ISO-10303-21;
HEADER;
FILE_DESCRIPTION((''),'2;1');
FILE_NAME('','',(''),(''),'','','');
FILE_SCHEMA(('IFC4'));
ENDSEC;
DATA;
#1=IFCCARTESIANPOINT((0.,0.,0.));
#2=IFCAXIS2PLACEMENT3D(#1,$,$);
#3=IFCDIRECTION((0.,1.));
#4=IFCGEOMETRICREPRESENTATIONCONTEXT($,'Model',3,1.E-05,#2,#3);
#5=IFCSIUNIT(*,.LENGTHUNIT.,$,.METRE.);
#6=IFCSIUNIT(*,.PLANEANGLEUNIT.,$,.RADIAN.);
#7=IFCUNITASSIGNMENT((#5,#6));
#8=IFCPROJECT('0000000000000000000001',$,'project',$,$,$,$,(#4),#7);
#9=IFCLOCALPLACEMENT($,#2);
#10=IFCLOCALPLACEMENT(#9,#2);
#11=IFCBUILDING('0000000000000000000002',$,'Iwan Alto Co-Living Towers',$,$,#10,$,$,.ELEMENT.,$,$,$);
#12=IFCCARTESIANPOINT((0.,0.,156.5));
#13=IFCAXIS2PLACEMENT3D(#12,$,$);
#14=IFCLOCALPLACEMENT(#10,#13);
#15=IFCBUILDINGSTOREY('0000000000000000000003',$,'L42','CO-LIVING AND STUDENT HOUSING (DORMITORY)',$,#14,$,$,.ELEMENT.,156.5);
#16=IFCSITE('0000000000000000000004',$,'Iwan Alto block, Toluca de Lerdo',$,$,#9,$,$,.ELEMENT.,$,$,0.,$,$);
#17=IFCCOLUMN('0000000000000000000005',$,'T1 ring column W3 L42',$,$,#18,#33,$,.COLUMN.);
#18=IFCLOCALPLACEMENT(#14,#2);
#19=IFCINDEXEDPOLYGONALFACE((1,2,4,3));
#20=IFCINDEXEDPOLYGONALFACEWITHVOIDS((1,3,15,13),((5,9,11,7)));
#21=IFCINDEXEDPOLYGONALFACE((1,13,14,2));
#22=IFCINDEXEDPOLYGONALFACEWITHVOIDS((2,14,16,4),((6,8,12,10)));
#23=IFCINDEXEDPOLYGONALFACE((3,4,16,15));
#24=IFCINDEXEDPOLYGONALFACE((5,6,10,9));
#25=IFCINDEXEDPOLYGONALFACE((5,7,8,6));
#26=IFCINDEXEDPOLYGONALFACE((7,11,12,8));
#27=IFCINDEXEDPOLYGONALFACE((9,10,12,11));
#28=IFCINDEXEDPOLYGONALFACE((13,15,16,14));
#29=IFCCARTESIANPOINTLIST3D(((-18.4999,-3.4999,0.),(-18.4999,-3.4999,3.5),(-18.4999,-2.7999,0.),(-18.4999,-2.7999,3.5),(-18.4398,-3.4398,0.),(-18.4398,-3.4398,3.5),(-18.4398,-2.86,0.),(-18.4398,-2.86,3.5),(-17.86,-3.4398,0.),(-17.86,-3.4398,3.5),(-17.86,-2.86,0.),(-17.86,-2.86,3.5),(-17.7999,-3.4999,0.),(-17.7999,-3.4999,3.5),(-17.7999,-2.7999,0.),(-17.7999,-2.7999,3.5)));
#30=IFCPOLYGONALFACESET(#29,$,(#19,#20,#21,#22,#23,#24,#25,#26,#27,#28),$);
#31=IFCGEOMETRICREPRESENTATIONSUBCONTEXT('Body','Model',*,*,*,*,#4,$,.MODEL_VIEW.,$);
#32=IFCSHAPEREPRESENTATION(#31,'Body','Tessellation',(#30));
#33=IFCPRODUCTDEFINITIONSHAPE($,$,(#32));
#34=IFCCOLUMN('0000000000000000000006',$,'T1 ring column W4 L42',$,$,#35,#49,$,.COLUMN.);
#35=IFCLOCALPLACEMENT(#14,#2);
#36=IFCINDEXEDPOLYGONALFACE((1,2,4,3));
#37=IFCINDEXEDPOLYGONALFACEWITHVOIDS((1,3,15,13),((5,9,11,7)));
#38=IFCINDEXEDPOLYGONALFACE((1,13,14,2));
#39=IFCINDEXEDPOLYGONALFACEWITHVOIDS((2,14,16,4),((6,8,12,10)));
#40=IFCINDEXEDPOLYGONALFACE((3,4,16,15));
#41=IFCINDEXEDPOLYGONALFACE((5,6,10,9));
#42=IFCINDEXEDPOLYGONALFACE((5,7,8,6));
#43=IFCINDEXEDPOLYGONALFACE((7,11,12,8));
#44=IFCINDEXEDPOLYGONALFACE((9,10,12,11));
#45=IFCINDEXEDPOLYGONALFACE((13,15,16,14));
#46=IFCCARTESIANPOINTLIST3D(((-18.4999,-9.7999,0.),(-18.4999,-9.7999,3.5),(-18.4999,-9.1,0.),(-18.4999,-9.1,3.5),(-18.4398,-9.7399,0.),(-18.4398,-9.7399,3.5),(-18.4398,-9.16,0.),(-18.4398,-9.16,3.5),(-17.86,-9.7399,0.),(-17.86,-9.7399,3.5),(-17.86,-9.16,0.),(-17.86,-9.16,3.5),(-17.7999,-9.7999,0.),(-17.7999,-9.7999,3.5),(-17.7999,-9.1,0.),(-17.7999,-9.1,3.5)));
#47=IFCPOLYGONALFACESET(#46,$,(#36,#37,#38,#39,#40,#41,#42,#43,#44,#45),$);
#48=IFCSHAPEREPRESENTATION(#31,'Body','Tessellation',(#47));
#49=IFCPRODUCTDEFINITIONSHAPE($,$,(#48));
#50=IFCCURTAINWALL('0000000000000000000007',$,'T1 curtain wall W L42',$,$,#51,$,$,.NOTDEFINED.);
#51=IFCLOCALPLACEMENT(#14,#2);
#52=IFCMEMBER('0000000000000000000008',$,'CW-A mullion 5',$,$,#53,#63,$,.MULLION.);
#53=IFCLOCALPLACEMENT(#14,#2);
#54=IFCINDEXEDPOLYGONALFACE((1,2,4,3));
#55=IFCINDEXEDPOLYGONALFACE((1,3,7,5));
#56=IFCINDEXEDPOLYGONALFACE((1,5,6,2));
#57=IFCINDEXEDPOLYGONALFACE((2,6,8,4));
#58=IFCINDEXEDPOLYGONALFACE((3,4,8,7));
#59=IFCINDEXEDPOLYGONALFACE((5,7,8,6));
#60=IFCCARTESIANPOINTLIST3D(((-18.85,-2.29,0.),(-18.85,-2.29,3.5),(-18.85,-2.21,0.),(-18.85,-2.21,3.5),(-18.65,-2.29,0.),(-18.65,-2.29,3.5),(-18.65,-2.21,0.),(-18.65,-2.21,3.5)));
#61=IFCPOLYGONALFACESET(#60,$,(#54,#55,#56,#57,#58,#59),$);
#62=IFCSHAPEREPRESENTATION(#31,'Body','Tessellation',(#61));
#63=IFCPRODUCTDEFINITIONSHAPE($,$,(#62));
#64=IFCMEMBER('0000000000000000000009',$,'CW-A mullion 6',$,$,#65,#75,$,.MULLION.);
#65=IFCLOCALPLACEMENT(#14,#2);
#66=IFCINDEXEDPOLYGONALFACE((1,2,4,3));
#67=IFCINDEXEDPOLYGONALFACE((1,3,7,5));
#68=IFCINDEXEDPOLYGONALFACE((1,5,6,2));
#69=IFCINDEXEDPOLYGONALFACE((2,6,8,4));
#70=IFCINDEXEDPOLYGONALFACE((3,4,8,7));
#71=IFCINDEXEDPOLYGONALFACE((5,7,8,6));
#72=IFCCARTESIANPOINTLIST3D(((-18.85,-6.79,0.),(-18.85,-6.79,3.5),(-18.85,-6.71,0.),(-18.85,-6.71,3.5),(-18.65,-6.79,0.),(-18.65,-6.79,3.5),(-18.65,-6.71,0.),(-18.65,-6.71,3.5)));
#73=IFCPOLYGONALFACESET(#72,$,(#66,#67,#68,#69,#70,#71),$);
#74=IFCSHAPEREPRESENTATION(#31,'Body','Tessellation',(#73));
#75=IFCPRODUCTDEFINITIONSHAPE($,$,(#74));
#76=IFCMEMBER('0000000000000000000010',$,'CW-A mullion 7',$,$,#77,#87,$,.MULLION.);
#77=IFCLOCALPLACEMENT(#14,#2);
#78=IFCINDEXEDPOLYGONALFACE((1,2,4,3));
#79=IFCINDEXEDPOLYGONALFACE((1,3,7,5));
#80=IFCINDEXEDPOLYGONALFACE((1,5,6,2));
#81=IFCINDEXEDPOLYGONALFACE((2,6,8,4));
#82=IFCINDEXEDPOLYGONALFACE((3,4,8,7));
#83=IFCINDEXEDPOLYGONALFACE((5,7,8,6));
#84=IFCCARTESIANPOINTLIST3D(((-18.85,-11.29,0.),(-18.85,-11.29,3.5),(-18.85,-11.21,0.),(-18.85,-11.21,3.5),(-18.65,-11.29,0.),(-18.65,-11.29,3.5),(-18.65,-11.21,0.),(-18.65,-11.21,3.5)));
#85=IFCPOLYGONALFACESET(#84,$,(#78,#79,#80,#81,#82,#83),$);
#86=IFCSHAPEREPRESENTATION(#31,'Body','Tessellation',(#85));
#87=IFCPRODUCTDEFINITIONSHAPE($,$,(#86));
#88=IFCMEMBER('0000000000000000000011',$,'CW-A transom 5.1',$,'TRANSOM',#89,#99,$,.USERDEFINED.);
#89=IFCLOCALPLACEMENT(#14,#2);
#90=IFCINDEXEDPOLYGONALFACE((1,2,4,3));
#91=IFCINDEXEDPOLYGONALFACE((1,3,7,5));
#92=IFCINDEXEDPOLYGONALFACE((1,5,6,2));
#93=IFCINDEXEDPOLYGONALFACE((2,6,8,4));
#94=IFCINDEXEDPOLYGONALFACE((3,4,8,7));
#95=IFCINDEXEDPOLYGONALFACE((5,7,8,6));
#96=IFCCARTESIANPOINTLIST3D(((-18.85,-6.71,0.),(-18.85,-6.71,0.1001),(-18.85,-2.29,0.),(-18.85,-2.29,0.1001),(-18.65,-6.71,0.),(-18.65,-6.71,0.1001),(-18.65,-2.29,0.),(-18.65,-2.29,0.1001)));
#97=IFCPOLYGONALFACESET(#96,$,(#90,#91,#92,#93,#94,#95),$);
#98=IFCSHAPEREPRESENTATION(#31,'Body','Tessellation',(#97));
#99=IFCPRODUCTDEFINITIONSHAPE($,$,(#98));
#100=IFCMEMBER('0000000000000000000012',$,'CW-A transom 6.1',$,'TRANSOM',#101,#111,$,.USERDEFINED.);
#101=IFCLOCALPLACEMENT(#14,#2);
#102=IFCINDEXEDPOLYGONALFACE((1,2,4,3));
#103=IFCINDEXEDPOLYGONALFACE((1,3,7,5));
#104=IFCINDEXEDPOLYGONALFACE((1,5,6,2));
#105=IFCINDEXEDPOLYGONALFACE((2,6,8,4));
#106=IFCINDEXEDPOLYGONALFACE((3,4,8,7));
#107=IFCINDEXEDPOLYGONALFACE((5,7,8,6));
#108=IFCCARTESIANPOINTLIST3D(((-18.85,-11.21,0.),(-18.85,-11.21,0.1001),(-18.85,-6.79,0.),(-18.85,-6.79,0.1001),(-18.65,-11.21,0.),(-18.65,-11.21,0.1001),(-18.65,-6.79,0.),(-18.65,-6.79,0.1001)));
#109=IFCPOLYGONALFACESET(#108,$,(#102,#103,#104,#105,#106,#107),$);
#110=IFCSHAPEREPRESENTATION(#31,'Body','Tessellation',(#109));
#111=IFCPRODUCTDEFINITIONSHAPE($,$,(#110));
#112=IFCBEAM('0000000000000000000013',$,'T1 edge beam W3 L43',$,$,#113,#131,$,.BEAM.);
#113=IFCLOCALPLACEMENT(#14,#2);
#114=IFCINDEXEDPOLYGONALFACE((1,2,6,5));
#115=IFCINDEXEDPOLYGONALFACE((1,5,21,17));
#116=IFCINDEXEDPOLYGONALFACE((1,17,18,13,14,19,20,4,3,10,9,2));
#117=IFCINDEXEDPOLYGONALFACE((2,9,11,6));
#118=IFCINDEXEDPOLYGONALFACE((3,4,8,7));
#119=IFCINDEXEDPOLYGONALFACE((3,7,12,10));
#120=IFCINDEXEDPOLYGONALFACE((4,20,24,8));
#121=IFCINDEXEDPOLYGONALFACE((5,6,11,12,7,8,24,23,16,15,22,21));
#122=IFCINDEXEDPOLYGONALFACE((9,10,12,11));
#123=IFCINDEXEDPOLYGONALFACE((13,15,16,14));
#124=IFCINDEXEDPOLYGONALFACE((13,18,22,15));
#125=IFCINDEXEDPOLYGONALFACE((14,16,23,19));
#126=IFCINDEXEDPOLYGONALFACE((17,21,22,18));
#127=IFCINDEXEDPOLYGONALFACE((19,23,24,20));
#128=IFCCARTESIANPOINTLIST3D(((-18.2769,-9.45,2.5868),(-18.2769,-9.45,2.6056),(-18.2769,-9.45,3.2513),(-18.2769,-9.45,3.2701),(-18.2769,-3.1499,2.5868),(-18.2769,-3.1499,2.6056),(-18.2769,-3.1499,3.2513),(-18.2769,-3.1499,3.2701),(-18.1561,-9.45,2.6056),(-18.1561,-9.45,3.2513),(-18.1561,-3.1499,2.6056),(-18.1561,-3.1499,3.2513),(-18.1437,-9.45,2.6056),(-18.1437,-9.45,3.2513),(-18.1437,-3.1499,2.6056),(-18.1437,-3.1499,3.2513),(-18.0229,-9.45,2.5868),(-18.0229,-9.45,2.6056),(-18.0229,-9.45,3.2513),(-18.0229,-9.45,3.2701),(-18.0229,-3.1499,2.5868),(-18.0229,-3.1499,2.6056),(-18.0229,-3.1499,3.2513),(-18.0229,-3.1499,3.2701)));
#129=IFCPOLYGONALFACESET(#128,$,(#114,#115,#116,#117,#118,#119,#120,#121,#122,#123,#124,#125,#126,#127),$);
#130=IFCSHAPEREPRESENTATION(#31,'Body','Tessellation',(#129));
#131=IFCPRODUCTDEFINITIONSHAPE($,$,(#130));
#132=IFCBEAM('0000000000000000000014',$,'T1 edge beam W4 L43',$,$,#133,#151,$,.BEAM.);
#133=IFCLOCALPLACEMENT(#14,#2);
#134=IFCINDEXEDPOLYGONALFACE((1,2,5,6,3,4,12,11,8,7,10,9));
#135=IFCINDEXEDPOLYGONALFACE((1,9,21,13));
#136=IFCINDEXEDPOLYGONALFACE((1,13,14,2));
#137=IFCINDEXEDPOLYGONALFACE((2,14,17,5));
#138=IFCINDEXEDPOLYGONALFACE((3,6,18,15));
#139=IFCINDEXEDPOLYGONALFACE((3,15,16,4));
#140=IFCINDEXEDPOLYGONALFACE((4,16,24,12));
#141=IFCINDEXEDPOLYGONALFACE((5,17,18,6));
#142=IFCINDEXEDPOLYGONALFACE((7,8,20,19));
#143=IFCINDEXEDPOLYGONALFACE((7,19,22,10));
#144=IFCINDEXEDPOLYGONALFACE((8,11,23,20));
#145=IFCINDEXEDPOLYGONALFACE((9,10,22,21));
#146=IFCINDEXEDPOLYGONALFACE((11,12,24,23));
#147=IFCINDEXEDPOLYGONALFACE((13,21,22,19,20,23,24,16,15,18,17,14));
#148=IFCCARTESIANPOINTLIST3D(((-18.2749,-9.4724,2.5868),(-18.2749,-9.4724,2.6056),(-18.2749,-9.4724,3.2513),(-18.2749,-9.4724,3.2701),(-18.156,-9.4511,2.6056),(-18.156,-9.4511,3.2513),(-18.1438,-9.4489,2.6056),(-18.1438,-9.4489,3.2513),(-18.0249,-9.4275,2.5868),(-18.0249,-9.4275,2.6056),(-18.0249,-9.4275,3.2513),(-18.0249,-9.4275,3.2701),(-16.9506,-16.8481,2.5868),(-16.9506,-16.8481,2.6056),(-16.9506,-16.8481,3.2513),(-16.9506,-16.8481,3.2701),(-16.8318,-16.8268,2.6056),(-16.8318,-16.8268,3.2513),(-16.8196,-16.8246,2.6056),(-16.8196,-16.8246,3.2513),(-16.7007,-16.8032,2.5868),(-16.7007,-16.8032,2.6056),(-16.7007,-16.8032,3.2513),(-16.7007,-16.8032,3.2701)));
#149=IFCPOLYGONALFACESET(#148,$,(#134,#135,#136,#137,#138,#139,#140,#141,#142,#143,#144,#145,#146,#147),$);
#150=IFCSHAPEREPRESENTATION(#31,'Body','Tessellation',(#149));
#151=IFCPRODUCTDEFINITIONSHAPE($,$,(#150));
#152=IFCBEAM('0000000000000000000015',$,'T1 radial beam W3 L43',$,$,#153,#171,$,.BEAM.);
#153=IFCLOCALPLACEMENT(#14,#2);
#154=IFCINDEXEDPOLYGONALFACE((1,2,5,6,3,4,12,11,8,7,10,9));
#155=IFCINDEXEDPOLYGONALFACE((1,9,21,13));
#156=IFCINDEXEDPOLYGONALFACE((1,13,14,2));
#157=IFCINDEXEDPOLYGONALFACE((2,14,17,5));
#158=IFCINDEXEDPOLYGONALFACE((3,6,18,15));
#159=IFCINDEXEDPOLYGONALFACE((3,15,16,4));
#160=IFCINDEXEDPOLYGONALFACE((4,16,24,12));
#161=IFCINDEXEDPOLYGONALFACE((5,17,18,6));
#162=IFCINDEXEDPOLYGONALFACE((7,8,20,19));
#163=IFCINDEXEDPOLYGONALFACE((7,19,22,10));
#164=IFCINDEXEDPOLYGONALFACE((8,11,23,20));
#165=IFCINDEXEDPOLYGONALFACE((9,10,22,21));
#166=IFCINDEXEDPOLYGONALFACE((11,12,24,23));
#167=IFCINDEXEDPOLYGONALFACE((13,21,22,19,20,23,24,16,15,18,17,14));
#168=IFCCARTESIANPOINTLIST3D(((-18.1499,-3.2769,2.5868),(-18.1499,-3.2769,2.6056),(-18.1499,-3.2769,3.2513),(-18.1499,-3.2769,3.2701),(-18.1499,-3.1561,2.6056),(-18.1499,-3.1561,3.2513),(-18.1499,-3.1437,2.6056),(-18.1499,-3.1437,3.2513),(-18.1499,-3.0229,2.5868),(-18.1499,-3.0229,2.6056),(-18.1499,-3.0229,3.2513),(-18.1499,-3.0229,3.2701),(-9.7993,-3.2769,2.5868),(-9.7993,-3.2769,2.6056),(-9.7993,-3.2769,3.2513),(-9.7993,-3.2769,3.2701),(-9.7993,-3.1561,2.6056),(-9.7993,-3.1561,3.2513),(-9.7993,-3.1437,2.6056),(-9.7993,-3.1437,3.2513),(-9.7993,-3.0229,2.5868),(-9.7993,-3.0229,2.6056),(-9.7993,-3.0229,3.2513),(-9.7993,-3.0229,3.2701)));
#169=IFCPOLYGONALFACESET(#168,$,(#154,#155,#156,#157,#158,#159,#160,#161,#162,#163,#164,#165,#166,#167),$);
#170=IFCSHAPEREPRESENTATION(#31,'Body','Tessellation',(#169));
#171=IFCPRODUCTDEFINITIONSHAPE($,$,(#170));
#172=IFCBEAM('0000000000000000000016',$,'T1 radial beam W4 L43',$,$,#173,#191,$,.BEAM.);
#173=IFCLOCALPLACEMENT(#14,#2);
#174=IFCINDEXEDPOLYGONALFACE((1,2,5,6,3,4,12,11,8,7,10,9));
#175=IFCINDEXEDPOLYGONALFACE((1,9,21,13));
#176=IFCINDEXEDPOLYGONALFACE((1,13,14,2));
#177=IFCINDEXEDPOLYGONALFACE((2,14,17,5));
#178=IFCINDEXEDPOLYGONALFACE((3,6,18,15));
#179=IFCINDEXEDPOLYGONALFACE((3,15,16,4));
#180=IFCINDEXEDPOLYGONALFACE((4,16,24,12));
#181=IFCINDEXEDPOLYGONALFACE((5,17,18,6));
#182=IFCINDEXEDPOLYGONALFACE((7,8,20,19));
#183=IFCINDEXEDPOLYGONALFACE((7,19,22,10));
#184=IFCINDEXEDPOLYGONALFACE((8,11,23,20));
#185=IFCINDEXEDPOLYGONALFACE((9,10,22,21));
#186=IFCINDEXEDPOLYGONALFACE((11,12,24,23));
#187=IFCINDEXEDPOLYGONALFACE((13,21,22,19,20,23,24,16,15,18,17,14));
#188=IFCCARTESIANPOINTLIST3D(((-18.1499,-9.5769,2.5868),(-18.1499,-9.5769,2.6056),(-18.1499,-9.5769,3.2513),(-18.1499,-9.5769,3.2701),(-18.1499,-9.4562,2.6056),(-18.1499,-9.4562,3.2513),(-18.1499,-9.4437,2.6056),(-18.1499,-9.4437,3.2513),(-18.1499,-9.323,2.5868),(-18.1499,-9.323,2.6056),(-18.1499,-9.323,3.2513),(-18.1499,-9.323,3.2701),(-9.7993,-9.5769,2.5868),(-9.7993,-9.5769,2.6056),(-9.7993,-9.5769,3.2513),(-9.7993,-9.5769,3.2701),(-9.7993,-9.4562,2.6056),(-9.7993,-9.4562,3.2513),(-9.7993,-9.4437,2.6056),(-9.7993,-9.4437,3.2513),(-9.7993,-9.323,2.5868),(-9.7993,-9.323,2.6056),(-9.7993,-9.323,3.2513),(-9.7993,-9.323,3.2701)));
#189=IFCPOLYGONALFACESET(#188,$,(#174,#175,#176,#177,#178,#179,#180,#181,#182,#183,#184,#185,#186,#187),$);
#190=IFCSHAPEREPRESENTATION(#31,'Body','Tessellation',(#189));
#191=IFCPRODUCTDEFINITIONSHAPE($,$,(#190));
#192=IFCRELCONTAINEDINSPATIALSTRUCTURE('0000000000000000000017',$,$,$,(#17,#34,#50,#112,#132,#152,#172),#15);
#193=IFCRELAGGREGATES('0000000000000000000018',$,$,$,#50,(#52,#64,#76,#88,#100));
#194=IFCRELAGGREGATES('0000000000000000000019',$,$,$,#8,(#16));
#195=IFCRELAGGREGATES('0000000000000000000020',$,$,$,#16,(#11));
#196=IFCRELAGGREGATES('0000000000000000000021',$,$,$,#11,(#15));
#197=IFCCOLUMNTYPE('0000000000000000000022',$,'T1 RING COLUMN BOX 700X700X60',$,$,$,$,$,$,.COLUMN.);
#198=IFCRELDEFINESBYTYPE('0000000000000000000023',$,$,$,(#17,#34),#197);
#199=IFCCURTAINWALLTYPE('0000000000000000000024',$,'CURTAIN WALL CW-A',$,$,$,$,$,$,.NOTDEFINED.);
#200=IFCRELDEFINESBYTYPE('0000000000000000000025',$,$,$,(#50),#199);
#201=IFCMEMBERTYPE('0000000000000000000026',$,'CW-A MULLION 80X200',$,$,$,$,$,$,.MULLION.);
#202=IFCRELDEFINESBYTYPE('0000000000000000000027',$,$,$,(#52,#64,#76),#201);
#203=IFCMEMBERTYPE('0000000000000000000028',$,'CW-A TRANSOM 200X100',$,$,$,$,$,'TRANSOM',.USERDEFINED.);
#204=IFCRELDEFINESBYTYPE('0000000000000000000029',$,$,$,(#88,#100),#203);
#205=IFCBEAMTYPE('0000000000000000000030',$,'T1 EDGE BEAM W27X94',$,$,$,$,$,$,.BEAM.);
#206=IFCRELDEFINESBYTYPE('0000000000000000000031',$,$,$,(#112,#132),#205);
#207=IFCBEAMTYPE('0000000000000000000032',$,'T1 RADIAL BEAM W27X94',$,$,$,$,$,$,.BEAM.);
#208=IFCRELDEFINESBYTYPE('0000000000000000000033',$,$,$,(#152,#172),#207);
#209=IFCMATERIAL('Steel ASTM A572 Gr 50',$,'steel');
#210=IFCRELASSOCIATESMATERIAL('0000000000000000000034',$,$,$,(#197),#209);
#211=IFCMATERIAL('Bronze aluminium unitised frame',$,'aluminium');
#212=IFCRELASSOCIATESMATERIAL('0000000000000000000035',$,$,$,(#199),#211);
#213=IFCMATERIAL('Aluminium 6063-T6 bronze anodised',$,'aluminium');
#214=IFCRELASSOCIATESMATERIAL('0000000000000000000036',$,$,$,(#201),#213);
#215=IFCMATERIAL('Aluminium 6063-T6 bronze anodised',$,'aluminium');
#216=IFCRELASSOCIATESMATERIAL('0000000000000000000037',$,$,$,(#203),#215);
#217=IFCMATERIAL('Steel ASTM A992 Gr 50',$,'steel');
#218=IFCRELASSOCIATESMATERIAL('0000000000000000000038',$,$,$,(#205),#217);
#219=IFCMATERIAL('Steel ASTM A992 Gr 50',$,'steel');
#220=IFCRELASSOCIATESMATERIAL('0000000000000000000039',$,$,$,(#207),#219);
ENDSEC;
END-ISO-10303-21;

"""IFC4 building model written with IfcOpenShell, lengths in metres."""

from ifc_helpers import new_model, si_unit, direction, frame, origin, origin_2d, place, context, subcontext, project, spatial, rectangle, hollow_rectangle, i_section, extrude, material, material_profile, profile_set, type_object, element, aggregate, save


model = new_model("IFC4")

# Units and contexts
model_context = context("Model", 3, precision=1e-05, world=origin(), true_north=direction((0.0, 1.0)))
body_context = subcontext(model_context, "Body", "Model", "MODEL_VIEW")
ifc_project = project(units=[si_unit("LENGTHUNIT", "METRE"), si_unit("PLANEANGLEUNIT", "RADIAN")], contexts=[model_context])

# Site, building, storey
site_placement = place(None, origin())
site = spatial("IfcSite", under=ifc_project, at=site_placement, Name="Iwan Alto block, Toluca de Lerdo", CompositionType="ELEMENT", RefElevation=0.0)
building_placement = place(site_placement, origin())
building = spatial("IfcBuilding", under=site, at=building_placement, Name="Iwan Alto Co-Living Towers", CompositionType="ELEMENT")
storey_placement = place(building_placement, frame((0.0, 0.0, 156.5)))
storey = spatial("IfcBuildingStorey", under=building, at=storey_placement, Name="L42", Description="CO-LIVING AND STUDENT HOUSING (DORMITORY)", CompositionType="ELEMENT", Elevation=156.5)

# Columns
ifc_material_1 = material(Name="Steel ASTM A572 Gr 50", Category="steel")
ifc_material_profile_1 = material_profile(ifc_material_1, hollow_rectangle(XDim=0.7, YDim=0.7, WallThickness=0.0601, at=origin_2d()), Name="BOX 700X700X60")
ifc_profile_set_1 = profile_set([ifc_material_profile_1], Name="Steel ASTM A572 Gr 50")
column_type = type_object("IfcColumnType", Name="T1 RING COLUMN BOX 700X700X60", PredefinedType="COLUMN", material=ifc_profile_set_1)
for number, where, z_axis, x_axis, name in (
    (1, (-18.1499, -3.1499, 0.0), (0.0, 0.0, 1.0), (1.0, 0.0, 0.0), "T1 ring column W3 L42"),
    (2, (-18.1499, -9.45, 0.0), (0.0, 0.0, 1.0), (1.0, 0.0, 0.0), "T1 ring column W4 L42"),
):
    element("IfcColumn", number, at=place(storey_placement, frame(where, z_axis=z_axis, x_axis=x_axis)), inside=storey, type_object=column_type, Name=name, PredefinedType="COLUMN", context=body_context, shape_type="SweptSolid", body=[
        extrude(hollow_rectangle(XDim=0.7, YDim=0.7, WallThickness=0.0601, at=origin_2d()), origin(), (0.0, 0.0, 1.0), 3.5),
    ])

# Curtain wall, members
ifc_material_2 = material(Name="Bronze aluminium unitised frame", Category="aluminium")
curtain_wall_type = type_object("IfcCurtainWallType", Name="CURTAIN WALL CW-A", PredefinedType="NOTDEFINED", material=ifc_material_2)
curtain_wall_placement = place(storey_placement, origin())
curtain_wall = element("IfcCurtainWall", 3, at=curtain_wall_placement, inside=storey, type_object=curtain_wall_type, Name="T1 curtain wall W L42", PredefinedType="NOTDEFINED")
ifc_material_3 = material(Name="Aluminium 6063-T6 bronze anodised", Category="aluminium")
ifc_material_profile_2 = material_profile(ifc_material_3, rectangle(XDim=0.2, YDim=0.0801, at=origin_2d()), Name="AL 80X200")
ifc_profile_set_2 = profile_set([ifc_material_profile_2], Name="Aluminium 6063-T6 bronze anodised")
member_type_1 = type_object("IfcMemberType", Name="CW-A MULLION 80X200", PredefinedType="MULLION", material=ifc_profile_set_2)
member_1_placement = place(storey_placement, frame((-18.75, -2.25, 0.0), z_axis=(0.0, 0.0, 1.0), x_axis=(1.0, 0.0, 0.0)))
member_1 = element("IfcMember", 4, at=member_1_placement, type_object=member_type_1, Name="CW-A mullion 5", PredefinedType="MULLION", context=body_context, shape_type="SweptSolid", body=[
    extrude(rectangle(XDim=0.2, YDim=0.0801, at=origin_2d()), origin(), (0.0, 0.0, 1.0), 3.5),
])
member_2_placement = place(storey_placement, frame((-18.75, -6.75, 0.0), z_axis=(0.0, 0.0, 1.0), x_axis=(1.0, 0.0, 0.0)))
member_2 = element("IfcMember", 5, at=member_2_placement, type_object=member_type_1, Name="CW-A mullion 6", PredefinedType="MULLION", context=body_context, shape_type="SweptSolid", body=[
    extrude(rectangle(XDim=0.2, YDim=0.0801, at=origin_2d()), origin(), (0.0, 0.0, 1.0), 3.5),
])
member_3_placement = place(storey_placement, frame((-18.75, -11.25, 0.0), z_axis=(0.0, 0.0, 1.0), x_axis=(1.0, 0.0, 0.0)))
member_3 = element("IfcMember", 6, at=member_3_placement, type_object=member_type_1, Name="CW-A mullion 7", PredefinedType="MULLION", context=body_context, shape_type="SweptSolid", body=[
    extrude(rectangle(XDim=0.2, YDim=0.0801, at=origin_2d()), origin(), (0.0, 0.0, 1.0), 3.5),
])
ifc_material_4 = material(Name="Aluminium 6063-T6 bronze anodised", Category="aluminium")
ifc_material_profile_3 = material_profile(ifc_material_4, rectangle(XDim=0.2, YDim=0.1001, at=origin_2d()), Name="AL 200X100")
ifc_profile_set_3 = profile_set([ifc_material_profile_3], Name="Aluminium 6063-T6 bronze anodised")
member_type_2 = type_object("IfcMemberType", Name="CW-A TRANSOM 200X100", ElementType="TRANSOM", PredefinedType="USERDEFINED", material=ifc_profile_set_3)
member_4_placement = place(storey_placement, frame((-18.75, -2.29, 0.05), z_axis=(0.0, -1.0, 0.0), x_axis=(1.0, 0.0, 0.0)))
member_4 = element("IfcMember", 7, at=member_4_placement, type_object=member_type_2, Name="CW-A transom 5.1", ObjectType="TRANSOM", PredefinedType="USERDEFINED", context=body_context, shape_type="SweptSolid", body=[
    extrude(rectangle(XDim=0.2, YDim=0.1001, at=origin_2d()), origin(), (0.0, 0.0, 1.0), 4.4199),
])
member_5_placement = place(storey_placement, frame((-18.75, -6.79, 0.05), z_axis=(0.0, -1.0, 0.0), x_axis=(1.0, 0.0, 0.0)))
member_5 = element("IfcMember", 8, at=member_5_placement, type_object=member_type_2, Name="CW-A transom 6.1", ObjectType="TRANSOM", PredefinedType="USERDEFINED", context=body_context, shape_type="SweptSolid", body=[
    extrude(rectangle(XDim=0.2, YDim=0.1001, at=origin_2d()), origin(), (0.0, 0.0, 1.0), 4.4199),
])

# Beams
ifc_material_5 = material(Name="Steel ASTM A992 Gr 50", Category="steel")
ifc_material_profile_4 = material_profile(ifc_material_5, i_section(OverallWidth=0.2539, OverallDepth=0.6833, WebThickness=0.0125, FlangeThickness=0.0188, at=origin_2d()), Name="W27X94")
ifc_profile_set_4 = profile_set([ifc_material_profile_4], Name="Steel ASTM A992 Gr 50")
beam_type_1 = type_object("IfcBeamType", Name="T1 EDGE BEAM W27X94", PredefinedType="BEAM", material=ifc_profile_set_4)
beam_1_placement = place(storey_placement, frame((-18.1499, -3.1499, 2.9285), z_axis=(0.0, -1.0, 0.0), x_axis=(1.0, 0.0, 0.0)))
element("IfcBeam", 9, at=beam_1_placement, inside=storey, type_object=beam_type_1, Name="T1 edge beam W3 L43", PredefinedType="BEAM", context=body_context, shape_type="SweptSolid", body=[
    extrude(i_section(OverallWidth=0.2539, OverallDepth=0.6833, WebThickness=0.0125, FlangeThickness=0.0188, at=origin_2d()), origin(), (0.0, 0.0, 1.0), 6.3),
])
beam_2_placement = place(storey_placement, frame((-18.1499, -9.45, 2.9285), z_axis=(0.176712, -0.984263, 0.0), x_axis=(0.984263, 0.176712, 0.0)))
element("IfcBeam", 10, at=beam_2_placement, inside=storey, type_object=beam_type_1, Name="T1 edge beam W4 L43", PredefinedType="BEAM", context=body_context, shape_type="SweptSolid", body=[
    extrude(i_section(OverallWidth=0.2539, OverallDepth=0.6833, WebThickness=0.0125, FlangeThickness=0.0188, at=origin_2d()), origin(), (0.0, 0.0, 1.0), 7.4937),
])
ifc_material_6 = material(Name="Steel ASTM A992 Gr 50", Category="steel")
ifc_material_profile_5 = material_profile(ifc_material_6, i_section(OverallWidth=0.2539, OverallDepth=0.6833, WebThickness=0.0125, FlangeThickness=0.0188, at=origin_2d()), Name="W27X94")
ifc_profile_set_5 = profile_set([ifc_material_profile_5], Name="Steel ASTM A992 Gr 50")
beam_type_2 = type_object("IfcBeamType", Name="T1 RADIAL BEAM W27X94", PredefinedType="BEAM", material=ifc_profile_set_5)
for number, where, z_axis, x_axis, name in (
    (11, (-18.1499, -3.1499, 2.9285), (1.0, 0.0, 0.0), (0.0, 1.0, 0.0), "T1 radial beam W3 L43"),
    (12, (-18.1499, -9.45, 2.9285), (1.0, 0.0, 0.0), (0.0, 1.0, 0.0), "T1 radial beam W4 L43"),
):
    element("IfcBeam", number, at=place(storey_placement, frame(where, z_axis=z_axis, x_axis=x_axis)), inside=storey, type_object=beam_type_2, Name=name, PredefinedType="BEAM", context=body_context, shape_type="SweptSolid", body=[
        extrude(i_section(OverallWidth=0.2539, OverallDepth=0.6833, WebThickness=0.0125, FlangeThickness=0.0188, at=origin_2d()), origin(), (0.0, 0.0, 1.0), 8.3506),
    ])

aggregate(curtain_wall, [member_1, member_2, member_3, member_4, member_5])

save(model, "model.ifc")
